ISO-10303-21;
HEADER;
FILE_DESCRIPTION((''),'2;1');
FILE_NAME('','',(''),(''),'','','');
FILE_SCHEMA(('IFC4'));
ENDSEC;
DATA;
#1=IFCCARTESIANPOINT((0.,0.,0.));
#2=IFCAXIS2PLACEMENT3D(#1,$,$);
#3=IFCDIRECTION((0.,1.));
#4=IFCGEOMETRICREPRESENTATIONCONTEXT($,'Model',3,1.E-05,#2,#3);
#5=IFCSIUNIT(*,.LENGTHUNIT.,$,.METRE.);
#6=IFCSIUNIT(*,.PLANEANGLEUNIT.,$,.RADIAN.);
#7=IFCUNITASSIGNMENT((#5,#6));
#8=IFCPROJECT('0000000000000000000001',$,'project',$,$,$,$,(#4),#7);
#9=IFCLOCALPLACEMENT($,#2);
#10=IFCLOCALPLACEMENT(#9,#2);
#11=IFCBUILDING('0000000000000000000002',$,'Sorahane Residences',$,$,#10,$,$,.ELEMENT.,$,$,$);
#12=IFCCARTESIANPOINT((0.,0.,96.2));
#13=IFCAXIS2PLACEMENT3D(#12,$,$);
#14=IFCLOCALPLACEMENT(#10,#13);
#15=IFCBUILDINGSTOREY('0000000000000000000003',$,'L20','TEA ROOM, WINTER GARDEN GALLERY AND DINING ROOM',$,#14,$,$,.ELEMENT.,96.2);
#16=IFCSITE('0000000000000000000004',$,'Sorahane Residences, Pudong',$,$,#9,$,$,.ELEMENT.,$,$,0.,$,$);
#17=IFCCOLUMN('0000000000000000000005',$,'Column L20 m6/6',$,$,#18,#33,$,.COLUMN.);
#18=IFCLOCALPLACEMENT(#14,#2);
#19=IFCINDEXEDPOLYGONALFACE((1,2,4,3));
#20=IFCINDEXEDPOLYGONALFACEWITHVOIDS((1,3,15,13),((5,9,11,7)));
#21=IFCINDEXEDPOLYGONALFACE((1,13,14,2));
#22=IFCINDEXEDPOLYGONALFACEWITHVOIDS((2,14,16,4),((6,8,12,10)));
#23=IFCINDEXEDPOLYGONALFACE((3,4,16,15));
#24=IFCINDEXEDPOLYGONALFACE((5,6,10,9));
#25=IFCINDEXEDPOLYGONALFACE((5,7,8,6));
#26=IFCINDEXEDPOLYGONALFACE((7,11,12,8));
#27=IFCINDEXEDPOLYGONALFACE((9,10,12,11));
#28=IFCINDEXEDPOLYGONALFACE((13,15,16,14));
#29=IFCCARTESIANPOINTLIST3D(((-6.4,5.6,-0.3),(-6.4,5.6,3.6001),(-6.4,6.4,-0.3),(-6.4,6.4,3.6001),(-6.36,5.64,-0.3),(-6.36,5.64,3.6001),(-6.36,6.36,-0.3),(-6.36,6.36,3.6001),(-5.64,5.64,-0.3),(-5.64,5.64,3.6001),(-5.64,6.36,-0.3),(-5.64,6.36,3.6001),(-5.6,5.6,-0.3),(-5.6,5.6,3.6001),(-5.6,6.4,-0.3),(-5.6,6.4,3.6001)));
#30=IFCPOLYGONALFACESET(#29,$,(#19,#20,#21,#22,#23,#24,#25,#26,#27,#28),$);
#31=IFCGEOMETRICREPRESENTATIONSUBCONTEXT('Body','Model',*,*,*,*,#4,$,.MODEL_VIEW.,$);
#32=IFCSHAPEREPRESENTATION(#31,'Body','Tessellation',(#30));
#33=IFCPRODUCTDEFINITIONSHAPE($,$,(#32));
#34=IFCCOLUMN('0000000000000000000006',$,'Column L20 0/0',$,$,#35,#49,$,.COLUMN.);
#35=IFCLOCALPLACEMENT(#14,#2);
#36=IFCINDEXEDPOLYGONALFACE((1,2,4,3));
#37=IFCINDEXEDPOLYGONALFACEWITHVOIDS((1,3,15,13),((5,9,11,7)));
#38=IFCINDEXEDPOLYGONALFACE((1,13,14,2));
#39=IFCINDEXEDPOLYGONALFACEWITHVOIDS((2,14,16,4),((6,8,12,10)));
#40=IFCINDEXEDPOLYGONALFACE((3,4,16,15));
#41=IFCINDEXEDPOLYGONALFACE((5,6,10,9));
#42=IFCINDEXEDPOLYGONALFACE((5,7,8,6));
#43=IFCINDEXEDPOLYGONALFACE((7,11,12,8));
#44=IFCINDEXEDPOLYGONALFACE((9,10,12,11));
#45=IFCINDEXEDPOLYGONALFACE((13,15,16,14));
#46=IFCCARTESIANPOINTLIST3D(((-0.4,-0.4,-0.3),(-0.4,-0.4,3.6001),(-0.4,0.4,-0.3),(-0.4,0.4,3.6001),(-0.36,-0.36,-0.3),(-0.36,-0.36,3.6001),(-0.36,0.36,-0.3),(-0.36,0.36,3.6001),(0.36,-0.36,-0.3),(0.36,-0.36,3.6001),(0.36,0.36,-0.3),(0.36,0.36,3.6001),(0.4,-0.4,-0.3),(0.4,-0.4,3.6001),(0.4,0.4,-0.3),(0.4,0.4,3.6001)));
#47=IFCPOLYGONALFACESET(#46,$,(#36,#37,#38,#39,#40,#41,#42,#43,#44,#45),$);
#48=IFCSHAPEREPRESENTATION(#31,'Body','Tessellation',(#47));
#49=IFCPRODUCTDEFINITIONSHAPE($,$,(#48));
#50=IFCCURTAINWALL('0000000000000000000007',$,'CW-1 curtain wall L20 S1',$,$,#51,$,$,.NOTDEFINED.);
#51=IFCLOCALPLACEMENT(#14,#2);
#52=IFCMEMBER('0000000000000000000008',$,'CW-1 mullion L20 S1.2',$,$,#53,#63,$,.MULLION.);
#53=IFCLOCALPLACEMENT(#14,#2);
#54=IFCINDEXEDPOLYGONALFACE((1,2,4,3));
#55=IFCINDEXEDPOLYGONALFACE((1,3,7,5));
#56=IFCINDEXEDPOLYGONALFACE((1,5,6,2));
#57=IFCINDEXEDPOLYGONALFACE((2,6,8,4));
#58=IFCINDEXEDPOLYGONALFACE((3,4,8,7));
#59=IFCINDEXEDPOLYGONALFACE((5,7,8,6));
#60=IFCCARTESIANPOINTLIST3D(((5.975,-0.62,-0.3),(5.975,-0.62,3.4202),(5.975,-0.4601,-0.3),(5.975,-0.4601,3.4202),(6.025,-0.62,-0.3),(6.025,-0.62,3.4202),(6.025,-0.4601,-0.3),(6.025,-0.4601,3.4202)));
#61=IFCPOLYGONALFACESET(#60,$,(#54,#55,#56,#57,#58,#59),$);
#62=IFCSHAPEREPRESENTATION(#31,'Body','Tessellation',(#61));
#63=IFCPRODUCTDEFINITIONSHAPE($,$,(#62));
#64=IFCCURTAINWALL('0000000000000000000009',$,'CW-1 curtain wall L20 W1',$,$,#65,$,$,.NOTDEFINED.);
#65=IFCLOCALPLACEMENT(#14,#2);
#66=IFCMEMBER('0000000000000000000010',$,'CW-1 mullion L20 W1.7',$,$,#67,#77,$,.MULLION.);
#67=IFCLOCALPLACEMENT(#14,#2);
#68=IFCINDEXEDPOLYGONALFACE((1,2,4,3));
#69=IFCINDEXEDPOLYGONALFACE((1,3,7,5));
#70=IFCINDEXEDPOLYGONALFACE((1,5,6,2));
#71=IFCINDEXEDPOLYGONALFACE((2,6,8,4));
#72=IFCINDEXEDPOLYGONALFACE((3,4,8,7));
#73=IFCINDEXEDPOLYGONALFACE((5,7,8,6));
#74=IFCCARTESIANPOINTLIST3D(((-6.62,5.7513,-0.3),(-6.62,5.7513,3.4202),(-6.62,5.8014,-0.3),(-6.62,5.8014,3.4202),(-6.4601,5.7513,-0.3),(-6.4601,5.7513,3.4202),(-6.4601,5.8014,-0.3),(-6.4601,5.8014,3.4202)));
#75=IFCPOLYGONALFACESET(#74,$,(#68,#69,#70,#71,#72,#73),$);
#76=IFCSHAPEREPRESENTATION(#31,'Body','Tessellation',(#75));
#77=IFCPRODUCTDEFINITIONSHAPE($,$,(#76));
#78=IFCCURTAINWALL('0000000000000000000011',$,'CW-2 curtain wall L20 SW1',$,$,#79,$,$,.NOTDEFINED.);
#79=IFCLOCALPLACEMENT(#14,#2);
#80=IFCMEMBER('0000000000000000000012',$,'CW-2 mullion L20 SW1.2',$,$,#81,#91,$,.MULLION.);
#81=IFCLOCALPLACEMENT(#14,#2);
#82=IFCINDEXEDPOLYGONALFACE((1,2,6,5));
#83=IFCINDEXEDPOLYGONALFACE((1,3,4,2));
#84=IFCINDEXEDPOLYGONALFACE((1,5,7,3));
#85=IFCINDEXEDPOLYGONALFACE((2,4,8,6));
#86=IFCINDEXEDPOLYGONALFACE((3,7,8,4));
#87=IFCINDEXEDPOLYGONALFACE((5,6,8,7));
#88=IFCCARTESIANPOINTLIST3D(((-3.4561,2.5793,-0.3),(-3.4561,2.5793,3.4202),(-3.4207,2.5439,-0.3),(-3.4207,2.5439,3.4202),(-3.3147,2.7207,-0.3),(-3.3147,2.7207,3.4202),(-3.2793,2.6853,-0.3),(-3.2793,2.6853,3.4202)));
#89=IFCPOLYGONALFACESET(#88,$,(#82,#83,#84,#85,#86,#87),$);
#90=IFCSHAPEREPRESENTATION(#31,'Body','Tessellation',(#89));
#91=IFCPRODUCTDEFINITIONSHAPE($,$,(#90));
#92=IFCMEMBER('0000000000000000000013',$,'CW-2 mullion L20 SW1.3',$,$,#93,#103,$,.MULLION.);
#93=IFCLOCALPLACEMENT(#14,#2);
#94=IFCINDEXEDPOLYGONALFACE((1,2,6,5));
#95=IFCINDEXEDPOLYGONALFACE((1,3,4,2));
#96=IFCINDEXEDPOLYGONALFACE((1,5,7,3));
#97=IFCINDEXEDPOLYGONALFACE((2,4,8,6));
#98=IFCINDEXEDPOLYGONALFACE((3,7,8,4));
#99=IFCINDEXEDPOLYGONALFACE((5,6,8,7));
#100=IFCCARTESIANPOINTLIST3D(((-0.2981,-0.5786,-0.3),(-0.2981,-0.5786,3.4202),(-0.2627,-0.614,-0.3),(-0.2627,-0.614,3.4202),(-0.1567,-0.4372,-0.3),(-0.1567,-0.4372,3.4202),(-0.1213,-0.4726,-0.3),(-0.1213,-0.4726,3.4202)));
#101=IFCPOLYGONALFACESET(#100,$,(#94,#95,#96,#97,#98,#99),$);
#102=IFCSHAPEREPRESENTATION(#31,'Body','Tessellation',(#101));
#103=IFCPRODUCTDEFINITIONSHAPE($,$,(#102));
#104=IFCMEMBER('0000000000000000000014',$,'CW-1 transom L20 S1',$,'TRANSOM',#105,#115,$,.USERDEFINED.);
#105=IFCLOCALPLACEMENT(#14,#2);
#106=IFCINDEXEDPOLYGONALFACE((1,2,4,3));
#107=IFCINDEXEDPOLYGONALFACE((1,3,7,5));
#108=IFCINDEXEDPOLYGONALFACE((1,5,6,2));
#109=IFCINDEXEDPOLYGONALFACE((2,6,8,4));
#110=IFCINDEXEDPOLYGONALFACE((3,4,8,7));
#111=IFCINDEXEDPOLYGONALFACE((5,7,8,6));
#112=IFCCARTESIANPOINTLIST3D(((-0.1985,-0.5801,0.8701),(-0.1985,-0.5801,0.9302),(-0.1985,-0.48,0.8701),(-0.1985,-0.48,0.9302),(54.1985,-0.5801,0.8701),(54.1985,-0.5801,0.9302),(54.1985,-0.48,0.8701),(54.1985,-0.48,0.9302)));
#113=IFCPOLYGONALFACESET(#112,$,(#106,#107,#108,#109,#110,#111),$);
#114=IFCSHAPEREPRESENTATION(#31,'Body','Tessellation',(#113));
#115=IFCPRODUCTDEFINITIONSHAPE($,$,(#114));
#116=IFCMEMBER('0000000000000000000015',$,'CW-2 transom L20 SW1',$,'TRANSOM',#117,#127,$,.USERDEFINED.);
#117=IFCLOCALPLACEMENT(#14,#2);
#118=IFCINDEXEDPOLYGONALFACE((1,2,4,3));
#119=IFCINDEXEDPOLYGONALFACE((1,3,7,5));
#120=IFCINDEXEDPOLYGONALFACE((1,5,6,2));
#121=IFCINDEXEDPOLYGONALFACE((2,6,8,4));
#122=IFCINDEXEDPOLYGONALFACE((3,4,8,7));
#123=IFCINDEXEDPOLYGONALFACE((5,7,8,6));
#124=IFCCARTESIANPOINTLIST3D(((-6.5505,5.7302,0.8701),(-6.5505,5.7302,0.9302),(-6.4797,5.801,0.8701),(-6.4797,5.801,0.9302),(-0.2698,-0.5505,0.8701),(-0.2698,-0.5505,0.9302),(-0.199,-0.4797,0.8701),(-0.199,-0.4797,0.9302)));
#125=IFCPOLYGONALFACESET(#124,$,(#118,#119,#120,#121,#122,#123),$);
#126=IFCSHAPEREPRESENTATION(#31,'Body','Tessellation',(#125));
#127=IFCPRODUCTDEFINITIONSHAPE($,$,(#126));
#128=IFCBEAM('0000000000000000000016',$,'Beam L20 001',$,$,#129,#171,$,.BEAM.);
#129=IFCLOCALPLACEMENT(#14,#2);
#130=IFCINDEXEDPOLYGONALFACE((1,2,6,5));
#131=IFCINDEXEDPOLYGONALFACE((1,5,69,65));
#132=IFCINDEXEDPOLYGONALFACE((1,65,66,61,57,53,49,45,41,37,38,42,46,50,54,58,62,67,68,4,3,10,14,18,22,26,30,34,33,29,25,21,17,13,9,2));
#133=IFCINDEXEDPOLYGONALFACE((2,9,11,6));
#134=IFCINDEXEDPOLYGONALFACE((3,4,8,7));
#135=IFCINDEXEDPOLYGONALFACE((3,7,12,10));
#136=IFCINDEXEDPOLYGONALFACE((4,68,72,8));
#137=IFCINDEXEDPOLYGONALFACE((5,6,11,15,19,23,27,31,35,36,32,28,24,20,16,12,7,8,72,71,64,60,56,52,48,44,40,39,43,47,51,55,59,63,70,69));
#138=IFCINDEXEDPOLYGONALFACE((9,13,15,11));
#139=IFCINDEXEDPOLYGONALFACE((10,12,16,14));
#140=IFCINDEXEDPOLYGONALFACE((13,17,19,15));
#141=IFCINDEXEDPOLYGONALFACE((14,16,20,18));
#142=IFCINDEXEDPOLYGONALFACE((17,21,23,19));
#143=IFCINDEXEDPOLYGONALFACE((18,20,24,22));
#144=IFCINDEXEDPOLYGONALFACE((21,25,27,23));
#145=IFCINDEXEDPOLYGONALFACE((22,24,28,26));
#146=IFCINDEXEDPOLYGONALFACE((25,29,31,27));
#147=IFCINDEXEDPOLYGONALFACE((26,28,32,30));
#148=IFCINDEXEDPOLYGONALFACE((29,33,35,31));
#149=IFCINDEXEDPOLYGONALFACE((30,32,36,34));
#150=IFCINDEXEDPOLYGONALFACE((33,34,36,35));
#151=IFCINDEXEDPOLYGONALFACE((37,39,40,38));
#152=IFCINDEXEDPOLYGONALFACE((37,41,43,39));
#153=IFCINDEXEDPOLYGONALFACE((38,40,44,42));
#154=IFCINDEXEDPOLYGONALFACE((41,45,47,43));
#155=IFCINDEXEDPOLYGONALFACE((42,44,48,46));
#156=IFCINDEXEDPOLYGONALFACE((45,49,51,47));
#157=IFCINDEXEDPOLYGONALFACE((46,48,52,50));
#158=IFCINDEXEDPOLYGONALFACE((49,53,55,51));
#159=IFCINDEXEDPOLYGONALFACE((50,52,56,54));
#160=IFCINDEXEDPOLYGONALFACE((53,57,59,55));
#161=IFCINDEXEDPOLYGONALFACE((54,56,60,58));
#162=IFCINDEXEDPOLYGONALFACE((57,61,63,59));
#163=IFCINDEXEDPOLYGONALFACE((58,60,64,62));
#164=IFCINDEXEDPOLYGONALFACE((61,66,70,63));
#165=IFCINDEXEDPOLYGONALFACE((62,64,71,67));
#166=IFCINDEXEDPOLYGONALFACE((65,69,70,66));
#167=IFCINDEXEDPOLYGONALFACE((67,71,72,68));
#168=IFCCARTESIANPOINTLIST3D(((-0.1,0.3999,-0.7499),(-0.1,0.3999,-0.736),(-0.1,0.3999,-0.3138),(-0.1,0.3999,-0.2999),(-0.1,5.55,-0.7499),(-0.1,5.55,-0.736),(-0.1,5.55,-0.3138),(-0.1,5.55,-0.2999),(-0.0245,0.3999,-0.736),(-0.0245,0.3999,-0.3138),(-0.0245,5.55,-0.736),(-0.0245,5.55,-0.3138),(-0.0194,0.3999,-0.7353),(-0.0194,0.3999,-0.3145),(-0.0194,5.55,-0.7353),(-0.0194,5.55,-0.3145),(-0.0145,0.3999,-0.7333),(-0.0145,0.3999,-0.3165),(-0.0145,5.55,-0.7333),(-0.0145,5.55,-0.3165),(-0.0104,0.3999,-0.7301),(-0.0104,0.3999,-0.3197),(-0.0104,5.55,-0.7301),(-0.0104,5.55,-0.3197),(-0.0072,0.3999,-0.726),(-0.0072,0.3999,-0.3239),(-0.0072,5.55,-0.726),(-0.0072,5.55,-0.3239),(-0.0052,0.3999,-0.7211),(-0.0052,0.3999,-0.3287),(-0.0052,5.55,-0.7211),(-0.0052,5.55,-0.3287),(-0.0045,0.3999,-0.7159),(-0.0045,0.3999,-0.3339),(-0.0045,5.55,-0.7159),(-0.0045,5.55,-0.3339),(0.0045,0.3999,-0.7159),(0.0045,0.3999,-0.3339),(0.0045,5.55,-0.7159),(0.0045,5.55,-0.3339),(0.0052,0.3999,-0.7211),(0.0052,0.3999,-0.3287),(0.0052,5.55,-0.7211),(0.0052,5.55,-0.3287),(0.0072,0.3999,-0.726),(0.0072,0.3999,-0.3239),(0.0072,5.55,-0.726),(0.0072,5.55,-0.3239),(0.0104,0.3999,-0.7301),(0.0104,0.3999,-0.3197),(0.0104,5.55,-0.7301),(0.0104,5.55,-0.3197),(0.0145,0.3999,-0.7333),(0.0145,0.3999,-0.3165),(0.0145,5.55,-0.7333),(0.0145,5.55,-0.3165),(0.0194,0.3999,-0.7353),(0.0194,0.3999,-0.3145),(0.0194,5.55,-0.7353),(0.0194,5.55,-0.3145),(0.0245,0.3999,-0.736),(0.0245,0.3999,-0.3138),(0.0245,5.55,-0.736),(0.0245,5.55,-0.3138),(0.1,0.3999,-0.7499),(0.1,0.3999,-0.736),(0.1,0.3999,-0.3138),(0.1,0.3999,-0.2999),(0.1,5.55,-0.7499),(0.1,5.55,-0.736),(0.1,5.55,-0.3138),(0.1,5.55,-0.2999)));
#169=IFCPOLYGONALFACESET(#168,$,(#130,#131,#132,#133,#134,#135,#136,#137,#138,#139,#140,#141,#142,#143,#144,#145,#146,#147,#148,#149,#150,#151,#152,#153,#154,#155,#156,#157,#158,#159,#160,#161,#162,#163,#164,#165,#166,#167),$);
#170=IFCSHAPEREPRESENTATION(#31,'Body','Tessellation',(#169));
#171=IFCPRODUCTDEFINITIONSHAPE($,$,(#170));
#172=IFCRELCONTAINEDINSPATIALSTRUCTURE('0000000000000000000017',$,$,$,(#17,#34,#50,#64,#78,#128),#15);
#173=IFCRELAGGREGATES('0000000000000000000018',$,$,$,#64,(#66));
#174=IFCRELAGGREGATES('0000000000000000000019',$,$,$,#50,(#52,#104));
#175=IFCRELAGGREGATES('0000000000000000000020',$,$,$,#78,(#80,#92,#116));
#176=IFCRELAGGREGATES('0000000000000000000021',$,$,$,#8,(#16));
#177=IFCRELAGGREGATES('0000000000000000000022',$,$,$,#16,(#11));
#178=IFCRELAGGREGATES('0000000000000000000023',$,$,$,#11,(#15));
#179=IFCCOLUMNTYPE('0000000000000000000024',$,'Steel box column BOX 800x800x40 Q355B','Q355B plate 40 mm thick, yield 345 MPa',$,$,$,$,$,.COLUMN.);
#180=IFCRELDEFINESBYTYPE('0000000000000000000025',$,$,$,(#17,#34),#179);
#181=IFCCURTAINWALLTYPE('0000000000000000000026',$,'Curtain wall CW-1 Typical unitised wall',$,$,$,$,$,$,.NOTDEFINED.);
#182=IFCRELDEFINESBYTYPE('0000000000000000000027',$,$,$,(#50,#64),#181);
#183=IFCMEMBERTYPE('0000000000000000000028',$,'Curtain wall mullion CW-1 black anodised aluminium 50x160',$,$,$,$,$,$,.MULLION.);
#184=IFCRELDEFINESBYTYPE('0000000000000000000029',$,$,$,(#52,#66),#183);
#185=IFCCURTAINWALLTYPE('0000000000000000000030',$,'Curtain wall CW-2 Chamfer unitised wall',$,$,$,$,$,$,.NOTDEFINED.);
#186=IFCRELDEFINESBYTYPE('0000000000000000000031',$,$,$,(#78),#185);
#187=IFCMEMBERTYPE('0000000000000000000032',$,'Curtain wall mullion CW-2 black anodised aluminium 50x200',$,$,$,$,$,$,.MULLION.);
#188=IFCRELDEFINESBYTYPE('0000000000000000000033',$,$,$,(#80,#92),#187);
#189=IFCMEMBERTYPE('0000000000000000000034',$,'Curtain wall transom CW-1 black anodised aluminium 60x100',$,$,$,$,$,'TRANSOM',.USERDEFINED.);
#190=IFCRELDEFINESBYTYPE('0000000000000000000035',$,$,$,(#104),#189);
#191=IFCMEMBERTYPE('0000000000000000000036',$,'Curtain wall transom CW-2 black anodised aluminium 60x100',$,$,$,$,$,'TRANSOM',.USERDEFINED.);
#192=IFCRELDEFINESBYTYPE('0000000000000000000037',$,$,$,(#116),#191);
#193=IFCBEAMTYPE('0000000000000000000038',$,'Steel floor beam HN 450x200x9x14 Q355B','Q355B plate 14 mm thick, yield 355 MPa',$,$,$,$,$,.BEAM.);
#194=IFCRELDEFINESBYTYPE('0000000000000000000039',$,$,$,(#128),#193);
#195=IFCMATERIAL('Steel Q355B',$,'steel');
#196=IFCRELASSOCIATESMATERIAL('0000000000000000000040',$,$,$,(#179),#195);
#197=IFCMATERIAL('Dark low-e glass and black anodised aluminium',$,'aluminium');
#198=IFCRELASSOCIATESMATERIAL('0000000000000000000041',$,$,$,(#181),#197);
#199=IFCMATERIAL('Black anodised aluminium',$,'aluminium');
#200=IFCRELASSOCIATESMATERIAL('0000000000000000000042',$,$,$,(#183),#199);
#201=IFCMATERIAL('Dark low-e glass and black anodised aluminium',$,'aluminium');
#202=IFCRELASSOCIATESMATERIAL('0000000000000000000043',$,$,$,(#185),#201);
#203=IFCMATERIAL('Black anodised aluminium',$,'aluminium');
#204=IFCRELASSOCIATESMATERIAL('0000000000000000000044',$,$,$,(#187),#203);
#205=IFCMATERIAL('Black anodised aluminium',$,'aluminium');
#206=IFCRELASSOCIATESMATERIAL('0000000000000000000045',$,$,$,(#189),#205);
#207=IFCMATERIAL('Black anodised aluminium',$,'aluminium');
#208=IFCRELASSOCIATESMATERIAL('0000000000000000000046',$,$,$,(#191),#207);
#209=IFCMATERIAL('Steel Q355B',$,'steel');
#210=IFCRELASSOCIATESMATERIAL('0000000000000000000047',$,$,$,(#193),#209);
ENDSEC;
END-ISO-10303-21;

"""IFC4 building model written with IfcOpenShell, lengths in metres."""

from ifc_helpers import new_model, si_unit, direction, frame, origin, origin_2d, place, context, subcontext, project, spatial, rectangle, hollow_rectangle, i_section, extrude, material, material_profile, profile_set, type_object, element, aggregate, save


model = new_model("IFC4")

# Units and contexts
model_context = context("Model", 3, precision=1e-05, world=origin(), true_north=direction((0.0, 1.0)))
body_context = subcontext(model_context, "Body", "Model", "MODEL_VIEW")
ifc_project = project(units=[si_unit("LENGTHUNIT", "METRE"), si_unit("PLANEANGLEUNIT", "RADIAN")], contexts=[model_context])

# Site, building, storey
site_placement = place(None, origin())
site = spatial("IfcSite", under=ifc_project, at=site_placement, Name="Sorahane Residences, Pudong", CompositionType="ELEMENT", RefElevation=0.0)
building_placement = place(site_placement, origin())
building = spatial("IfcBuilding", under=site, at=building_placement, Name="Sorahane Residences", CompositionType="ELEMENT")
storey_placement = place(building_placement, frame((0.0, 0.0, 96.2)))
storey = spatial("IfcBuildingStorey", under=building, at=storey_placement, Name="L20", Description="TEA ROOM, WINTER GARDEN GALLERY AND DINING ROOM", CompositionType="ELEMENT", Elevation=96.2)

# Columns
ifc_material_1 = material(Name="Steel Q355B", Category="steel")
ifc_material_profile_1 = material_profile(ifc_material_1, hollow_rectangle(XDim=0.8, YDim=0.8, WallThickness=0.04, at=origin_2d()), Name="BOX 800x800x40")
ifc_profile_set_1 = profile_set([ifc_material_profile_1], Name="Steel Q355B")
column_type = type_object("IfcColumnType", Name="Steel box column BOX 800x800x40 Q355B", Description="Q355B plate 40 mm thick, yield 345 MPa", PredefinedType="COLUMN", material=ifc_profile_set_1)
for number, where, z_axis, x_axis, name in (
    (1, (-6.0, 6.0, -0.3), (0.0, 0.0, 1.0), (1.0, 0.0, 0.0), "Column L20 m6/6"),
    (2, (0.0, 0.0, -0.3), (0.0, 0.0, 1.0), (1.0, 0.0, 0.0), "Column L20 0/0"),
):
    element("IfcColumn", number, at=place(storey_placement, frame(where, z_axis=z_axis, x_axis=x_axis)), inside=storey, type_object=column_type, Name=name, PredefinedType="COLUMN", context=body_context, shape_type="SweptSolid", body=[
        extrude(hollow_rectangle(XDim=0.8, YDim=0.8, WallThickness=0.04, at=origin_2d()), origin(), (0.0, 0.0, 1.0), 3.9001),
    ])

# Curtain walls, members
ifc_material_2 = material(Name="Dark low-e glass and black anodised aluminium", Category="aluminium")
curtain_wall_type_1 = type_object("IfcCurtainWallType", Name="Curtain wall CW-1 Typical unitised wall", PredefinedType="NOTDEFINED", material=ifc_material_2)
curtain_wall_1_placement = place(storey_placement, origin())
curtain_wall_1 = element("IfcCurtainWall", 3, at=curtain_wall_1_placement, inside=storey, type_object=curtain_wall_type_1, Name="CW-1 curtain wall L20 S1", PredefinedType="NOTDEFINED")
ifc_material_3 = material(Name="Black anodised aluminium", Category="aluminium")
ifc_material_profile_2 = material_profile(ifc_material_3, rectangle(XDim=0.1599, YDim=0.05, at=origin_2d()), Name="Curtain wall mullion CW-1 black anodised aluminium 50x160")
ifc_profile_set_2 = profile_set([ifc_material_profile_2], Name="Black anodised aluminium")
member_type_1 = type_object("IfcMemberType", Name="Curtain wall mullion CW-1 black anodised aluminium 50x160", PredefinedType="MULLION", material=ifc_profile_set_2)
member_1_placement = place(storey_placement, frame((6.0, -0.54, -0.3), z_axis=(0.0, 0.0, 1.0), x_axis=(0.0, -1.0, 0.0)))
member_1 = element("IfcMember", 4, at=member_1_placement, type_object=member_type_1, Name="CW-1 mullion L20 S1.2", PredefinedType="MULLION", context=body_context, shape_type="SweptSolid", body=[
    extrude(rectangle(XDim=0.1599, YDim=0.05, at=origin_2d()), origin(), (0.0, 0.0, 1.0), 3.7202),
])
curtain_wall_2_placement = place(storey_placement, origin())
curtain_wall_2 = element("IfcCurtainWall", 5, at=curtain_wall_2_placement, inside=storey, type_object=curtain_wall_type_1, Name="CW-1 curtain wall L20 W1", PredefinedType="NOTDEFINED")
member_2_placement = place(storey_placement, frame((-6.54, 5.7764, -0.3), z_axis=(0.0, 0.0, 1.0), x_axis=(-1.0, 0.0, 0.0)))
member_2 = element("IfcMember", 6, at=member_2_placement, type_object=member_type_1, Name="CW-1 mullion L20 W1.7", PredefinedType="MULLION", context=body_context, shape_type="SweptSolid", body=[
    extrude(rectangle(XDim=0.1599, YDim=0.05, at=origin_2d()), origin(), (0.0, 0.0, 1.0), 3.7202),
])
aggregate(curtain_wall_2, [member_2])

# Curtain wall, members
ifc_material_4 = material(Name="Dark low-e glass and black anodised aluminium", Category="aluminium")
curtain_wall_type_2 = type_object("IfcCurtainWallType", Name="Curtain wall CW-2 Chamfer unitised wall", PredefinedType="NOTDEFINED", material=ifc_material_4)
curtain_wall_3_placement = place(storey_placement, origin())
curtain_wall_3 = element("IfcCurtainWall", 7, at=curtain_wall_3_placement, inside=storey, type_object=curtain_wall_type_2, Name="CW-2 curtain wall L20 SW1", PredefinedType="NOTDEFINED")
ifc_material_5 = material(Name="Black anodised aluminium", Category="aluminium")
ifc_material_profile_3 = material_profile(ifc_material_5, rectangle(XDim=0.2, YDim=0.05, at=origin_2d()), Name="Curtain wall mullion CW-2 black anodised aluminium 50x200")
ifc_profile_set_3 = profile_set([ifc_material_profile_3], Name="Black anodised aluminium")
member_type_2 = type_object("IfcMemberType", Name="Curtain wall mullion CW-2 black anodised aluminium 50x200", PredefinedType="MULLION", material=ifc_profile_set_3)
member_3_placement = place(storey_placement, frame((-3.3677, 2.6323, -0.3), z_axis=(0.0, 0.0, 1.0), x_axis=(-0.707107, -0.707107, 0.0)))
member_3 = element("IfcMember", 8, at=member_3_placement, type_object=member_type_2, Name="CW-2 mullion L20 SW1.2", PredefinedType="MULLION", context=body_context, shape_type="SweptSolid", body=[
    extrude(rectangle(XDim=0.2, YDim=0.05, at=origin_2d()), origin(), (0.0, 0.0, 1.0), 3.7202),
])
member_4_placement = place(storey_placement, frame((-0.2097, -0.5256, -0.3), z_axis=(0.0, 0.0, 1.0), x_axis=(-0.707107, -0.707107, 0.0)))
member_4 = element("IfcMember", 9, at=member_4_placement, type_object=member_type_2, Name="CW-2 mullion L20 SW1.3", PredefinedType="MULLION", context=body_context, shape_type="SweptSolid", body=[
    extrude(rectangle(XDim=0.2, YDim=0.05, at=origin_2d()), origin(), (0.0, 0.0, 1.0), 3.7202),
])

# Members
ifc_material_6 = material(Name="Black anodised aluminium", Category="aluminium")
ifc_material_profile_4 = material_profile(ifc_material_6, rectangle(XDim=0.1001, YDim=0.0601, at=origin_2d()), Name="Curtain wall transom CW-1 black anodised aluminium 60x100")
ifc_profile_set_4 = profile_set([ifc_material_profile_4], Name="Black anodised aluminium")
member_type_3 = type_object("IfcMemberType", Name="Curtain wall transom CW-1 black anodised aluminium 60x100", ElementType="TRANSOM", PredefinedType="USERDEFINED", material=ifc_profile_set_4)
member_5_placement = place(storey_placement, frame((-0.1985, -0.53, 0.9001), z_axis=(1.0, 0.0, 0.0), x_axis=(0.0, 1.0, 0.0)))
member_5 = element("IfcMember", 10, at=member_5_placement, type_object=member_type_3, Name="CW-1 transom L20 S1", ObjectType="TRANSOM", PredefinedType="USERDEFINED", context=body_context, shape_type="SweptSolid", body=[
    extrude(rectangle(XDim=0.1001, YDim=0.0601, at=origin_2d()), origin(), (0.0, 0.0, 1.0), 54.397),
])
ifc_material_7 = material(Name="Black anodised aluminium", Category="aluminium")
ifc_material_profile_5 = material_profile(ifc_material_7, rectangle(XDim=0.1001, YDim=0.0601, at=origin_2d()), Name="Curtain wall transom CW-2 black anodised aluminium 60x100")
ifc_profile_set_5 = profile_set([ifc_material_profile_5], Name="Black anodised aluminium")
member_type_4 = type_object("IfcMemberType", Name="Curtain wall transom CW-2 black anodised aluminium 60x100", ElementType="TRANSOM", PredefinedType="USERDEFINED", material=ifc_profile_set_5)
member_6_placement = place(storey_placement, frame((-6.5151, 5.7656, 0.9001), z_axis=(0.707107, -0.707107, 0.0), x_axis=(0.707107, 0.707107, 0.0)))
member_6 = element("IfcMember", 11, at=member_6_placement, type_object=member_type_4, Name="CW-2 transom L20 SW1", ObjectType="TRANSOM", PredefinedType="USERDEFINED", context=body_context, shape_type="SweptSolid", body=[
    extrude(rectangle(XDim=0.1001, YDim=0.0601, at=origin_2d()), origin(), (0.0, 0.0, 1.0), 8.8823),
])

# Beam
ifc_material_8 = material(Name="Steel Q355B", Category="steel")
ifc_material_profile_6 = material_profile(ifc_material_8, i_section(OverallWidth=0.2, OverallDepth=0.45, WebThickness=0.009, FlangeThickness=0.0139, FilletRadius=0.02, at=origin_2d()), Name="HN 450x200x9x14")
ifc_profile_set_6 = profile_set([ifc_material_profile_6], Name="Steel Q355B")
beam_type = type_object("IfcBeamType", Name="Steel floor beam HN 450x200x9x14 Q355B", Description="Q355B plate 14 mm thick, yield 355 MPa", PredefinedType="BEAM", material=ifc_profile_set_6)
for number, where, z_axis, x_axis, name in (
    (12, (0.0, 0.3999, -0.5249), (0.0, 1.0, 0.0), (-1.0, 0.0, 0.0), "Beam L20 001"),
):
    element("IfcBeam", number, at=place(storey_placement, frame(where, z_axis=z_axis, x_axis=x_axis)), inside=storey, type_object=beam_type, Name=name, PredefinedType="BEAM", context=body_context, shape_type="SweptSolid", body=[
        extrude(i_section(OverallWidth=0.2, OverallDepth=0.45, WebThickness=0.009, FlangeThickness=0.0139, FilletRadius=0.02, at=origin_2d()), origin(), (0.0, 0.0, 1.0), 5.1501),
    ])

aggregate(curtain_wall_1, [member_1, member_5])
aggregate(curtain_wall_3, [member_3, member_4, member_6])

save(model, "model.ifc")
